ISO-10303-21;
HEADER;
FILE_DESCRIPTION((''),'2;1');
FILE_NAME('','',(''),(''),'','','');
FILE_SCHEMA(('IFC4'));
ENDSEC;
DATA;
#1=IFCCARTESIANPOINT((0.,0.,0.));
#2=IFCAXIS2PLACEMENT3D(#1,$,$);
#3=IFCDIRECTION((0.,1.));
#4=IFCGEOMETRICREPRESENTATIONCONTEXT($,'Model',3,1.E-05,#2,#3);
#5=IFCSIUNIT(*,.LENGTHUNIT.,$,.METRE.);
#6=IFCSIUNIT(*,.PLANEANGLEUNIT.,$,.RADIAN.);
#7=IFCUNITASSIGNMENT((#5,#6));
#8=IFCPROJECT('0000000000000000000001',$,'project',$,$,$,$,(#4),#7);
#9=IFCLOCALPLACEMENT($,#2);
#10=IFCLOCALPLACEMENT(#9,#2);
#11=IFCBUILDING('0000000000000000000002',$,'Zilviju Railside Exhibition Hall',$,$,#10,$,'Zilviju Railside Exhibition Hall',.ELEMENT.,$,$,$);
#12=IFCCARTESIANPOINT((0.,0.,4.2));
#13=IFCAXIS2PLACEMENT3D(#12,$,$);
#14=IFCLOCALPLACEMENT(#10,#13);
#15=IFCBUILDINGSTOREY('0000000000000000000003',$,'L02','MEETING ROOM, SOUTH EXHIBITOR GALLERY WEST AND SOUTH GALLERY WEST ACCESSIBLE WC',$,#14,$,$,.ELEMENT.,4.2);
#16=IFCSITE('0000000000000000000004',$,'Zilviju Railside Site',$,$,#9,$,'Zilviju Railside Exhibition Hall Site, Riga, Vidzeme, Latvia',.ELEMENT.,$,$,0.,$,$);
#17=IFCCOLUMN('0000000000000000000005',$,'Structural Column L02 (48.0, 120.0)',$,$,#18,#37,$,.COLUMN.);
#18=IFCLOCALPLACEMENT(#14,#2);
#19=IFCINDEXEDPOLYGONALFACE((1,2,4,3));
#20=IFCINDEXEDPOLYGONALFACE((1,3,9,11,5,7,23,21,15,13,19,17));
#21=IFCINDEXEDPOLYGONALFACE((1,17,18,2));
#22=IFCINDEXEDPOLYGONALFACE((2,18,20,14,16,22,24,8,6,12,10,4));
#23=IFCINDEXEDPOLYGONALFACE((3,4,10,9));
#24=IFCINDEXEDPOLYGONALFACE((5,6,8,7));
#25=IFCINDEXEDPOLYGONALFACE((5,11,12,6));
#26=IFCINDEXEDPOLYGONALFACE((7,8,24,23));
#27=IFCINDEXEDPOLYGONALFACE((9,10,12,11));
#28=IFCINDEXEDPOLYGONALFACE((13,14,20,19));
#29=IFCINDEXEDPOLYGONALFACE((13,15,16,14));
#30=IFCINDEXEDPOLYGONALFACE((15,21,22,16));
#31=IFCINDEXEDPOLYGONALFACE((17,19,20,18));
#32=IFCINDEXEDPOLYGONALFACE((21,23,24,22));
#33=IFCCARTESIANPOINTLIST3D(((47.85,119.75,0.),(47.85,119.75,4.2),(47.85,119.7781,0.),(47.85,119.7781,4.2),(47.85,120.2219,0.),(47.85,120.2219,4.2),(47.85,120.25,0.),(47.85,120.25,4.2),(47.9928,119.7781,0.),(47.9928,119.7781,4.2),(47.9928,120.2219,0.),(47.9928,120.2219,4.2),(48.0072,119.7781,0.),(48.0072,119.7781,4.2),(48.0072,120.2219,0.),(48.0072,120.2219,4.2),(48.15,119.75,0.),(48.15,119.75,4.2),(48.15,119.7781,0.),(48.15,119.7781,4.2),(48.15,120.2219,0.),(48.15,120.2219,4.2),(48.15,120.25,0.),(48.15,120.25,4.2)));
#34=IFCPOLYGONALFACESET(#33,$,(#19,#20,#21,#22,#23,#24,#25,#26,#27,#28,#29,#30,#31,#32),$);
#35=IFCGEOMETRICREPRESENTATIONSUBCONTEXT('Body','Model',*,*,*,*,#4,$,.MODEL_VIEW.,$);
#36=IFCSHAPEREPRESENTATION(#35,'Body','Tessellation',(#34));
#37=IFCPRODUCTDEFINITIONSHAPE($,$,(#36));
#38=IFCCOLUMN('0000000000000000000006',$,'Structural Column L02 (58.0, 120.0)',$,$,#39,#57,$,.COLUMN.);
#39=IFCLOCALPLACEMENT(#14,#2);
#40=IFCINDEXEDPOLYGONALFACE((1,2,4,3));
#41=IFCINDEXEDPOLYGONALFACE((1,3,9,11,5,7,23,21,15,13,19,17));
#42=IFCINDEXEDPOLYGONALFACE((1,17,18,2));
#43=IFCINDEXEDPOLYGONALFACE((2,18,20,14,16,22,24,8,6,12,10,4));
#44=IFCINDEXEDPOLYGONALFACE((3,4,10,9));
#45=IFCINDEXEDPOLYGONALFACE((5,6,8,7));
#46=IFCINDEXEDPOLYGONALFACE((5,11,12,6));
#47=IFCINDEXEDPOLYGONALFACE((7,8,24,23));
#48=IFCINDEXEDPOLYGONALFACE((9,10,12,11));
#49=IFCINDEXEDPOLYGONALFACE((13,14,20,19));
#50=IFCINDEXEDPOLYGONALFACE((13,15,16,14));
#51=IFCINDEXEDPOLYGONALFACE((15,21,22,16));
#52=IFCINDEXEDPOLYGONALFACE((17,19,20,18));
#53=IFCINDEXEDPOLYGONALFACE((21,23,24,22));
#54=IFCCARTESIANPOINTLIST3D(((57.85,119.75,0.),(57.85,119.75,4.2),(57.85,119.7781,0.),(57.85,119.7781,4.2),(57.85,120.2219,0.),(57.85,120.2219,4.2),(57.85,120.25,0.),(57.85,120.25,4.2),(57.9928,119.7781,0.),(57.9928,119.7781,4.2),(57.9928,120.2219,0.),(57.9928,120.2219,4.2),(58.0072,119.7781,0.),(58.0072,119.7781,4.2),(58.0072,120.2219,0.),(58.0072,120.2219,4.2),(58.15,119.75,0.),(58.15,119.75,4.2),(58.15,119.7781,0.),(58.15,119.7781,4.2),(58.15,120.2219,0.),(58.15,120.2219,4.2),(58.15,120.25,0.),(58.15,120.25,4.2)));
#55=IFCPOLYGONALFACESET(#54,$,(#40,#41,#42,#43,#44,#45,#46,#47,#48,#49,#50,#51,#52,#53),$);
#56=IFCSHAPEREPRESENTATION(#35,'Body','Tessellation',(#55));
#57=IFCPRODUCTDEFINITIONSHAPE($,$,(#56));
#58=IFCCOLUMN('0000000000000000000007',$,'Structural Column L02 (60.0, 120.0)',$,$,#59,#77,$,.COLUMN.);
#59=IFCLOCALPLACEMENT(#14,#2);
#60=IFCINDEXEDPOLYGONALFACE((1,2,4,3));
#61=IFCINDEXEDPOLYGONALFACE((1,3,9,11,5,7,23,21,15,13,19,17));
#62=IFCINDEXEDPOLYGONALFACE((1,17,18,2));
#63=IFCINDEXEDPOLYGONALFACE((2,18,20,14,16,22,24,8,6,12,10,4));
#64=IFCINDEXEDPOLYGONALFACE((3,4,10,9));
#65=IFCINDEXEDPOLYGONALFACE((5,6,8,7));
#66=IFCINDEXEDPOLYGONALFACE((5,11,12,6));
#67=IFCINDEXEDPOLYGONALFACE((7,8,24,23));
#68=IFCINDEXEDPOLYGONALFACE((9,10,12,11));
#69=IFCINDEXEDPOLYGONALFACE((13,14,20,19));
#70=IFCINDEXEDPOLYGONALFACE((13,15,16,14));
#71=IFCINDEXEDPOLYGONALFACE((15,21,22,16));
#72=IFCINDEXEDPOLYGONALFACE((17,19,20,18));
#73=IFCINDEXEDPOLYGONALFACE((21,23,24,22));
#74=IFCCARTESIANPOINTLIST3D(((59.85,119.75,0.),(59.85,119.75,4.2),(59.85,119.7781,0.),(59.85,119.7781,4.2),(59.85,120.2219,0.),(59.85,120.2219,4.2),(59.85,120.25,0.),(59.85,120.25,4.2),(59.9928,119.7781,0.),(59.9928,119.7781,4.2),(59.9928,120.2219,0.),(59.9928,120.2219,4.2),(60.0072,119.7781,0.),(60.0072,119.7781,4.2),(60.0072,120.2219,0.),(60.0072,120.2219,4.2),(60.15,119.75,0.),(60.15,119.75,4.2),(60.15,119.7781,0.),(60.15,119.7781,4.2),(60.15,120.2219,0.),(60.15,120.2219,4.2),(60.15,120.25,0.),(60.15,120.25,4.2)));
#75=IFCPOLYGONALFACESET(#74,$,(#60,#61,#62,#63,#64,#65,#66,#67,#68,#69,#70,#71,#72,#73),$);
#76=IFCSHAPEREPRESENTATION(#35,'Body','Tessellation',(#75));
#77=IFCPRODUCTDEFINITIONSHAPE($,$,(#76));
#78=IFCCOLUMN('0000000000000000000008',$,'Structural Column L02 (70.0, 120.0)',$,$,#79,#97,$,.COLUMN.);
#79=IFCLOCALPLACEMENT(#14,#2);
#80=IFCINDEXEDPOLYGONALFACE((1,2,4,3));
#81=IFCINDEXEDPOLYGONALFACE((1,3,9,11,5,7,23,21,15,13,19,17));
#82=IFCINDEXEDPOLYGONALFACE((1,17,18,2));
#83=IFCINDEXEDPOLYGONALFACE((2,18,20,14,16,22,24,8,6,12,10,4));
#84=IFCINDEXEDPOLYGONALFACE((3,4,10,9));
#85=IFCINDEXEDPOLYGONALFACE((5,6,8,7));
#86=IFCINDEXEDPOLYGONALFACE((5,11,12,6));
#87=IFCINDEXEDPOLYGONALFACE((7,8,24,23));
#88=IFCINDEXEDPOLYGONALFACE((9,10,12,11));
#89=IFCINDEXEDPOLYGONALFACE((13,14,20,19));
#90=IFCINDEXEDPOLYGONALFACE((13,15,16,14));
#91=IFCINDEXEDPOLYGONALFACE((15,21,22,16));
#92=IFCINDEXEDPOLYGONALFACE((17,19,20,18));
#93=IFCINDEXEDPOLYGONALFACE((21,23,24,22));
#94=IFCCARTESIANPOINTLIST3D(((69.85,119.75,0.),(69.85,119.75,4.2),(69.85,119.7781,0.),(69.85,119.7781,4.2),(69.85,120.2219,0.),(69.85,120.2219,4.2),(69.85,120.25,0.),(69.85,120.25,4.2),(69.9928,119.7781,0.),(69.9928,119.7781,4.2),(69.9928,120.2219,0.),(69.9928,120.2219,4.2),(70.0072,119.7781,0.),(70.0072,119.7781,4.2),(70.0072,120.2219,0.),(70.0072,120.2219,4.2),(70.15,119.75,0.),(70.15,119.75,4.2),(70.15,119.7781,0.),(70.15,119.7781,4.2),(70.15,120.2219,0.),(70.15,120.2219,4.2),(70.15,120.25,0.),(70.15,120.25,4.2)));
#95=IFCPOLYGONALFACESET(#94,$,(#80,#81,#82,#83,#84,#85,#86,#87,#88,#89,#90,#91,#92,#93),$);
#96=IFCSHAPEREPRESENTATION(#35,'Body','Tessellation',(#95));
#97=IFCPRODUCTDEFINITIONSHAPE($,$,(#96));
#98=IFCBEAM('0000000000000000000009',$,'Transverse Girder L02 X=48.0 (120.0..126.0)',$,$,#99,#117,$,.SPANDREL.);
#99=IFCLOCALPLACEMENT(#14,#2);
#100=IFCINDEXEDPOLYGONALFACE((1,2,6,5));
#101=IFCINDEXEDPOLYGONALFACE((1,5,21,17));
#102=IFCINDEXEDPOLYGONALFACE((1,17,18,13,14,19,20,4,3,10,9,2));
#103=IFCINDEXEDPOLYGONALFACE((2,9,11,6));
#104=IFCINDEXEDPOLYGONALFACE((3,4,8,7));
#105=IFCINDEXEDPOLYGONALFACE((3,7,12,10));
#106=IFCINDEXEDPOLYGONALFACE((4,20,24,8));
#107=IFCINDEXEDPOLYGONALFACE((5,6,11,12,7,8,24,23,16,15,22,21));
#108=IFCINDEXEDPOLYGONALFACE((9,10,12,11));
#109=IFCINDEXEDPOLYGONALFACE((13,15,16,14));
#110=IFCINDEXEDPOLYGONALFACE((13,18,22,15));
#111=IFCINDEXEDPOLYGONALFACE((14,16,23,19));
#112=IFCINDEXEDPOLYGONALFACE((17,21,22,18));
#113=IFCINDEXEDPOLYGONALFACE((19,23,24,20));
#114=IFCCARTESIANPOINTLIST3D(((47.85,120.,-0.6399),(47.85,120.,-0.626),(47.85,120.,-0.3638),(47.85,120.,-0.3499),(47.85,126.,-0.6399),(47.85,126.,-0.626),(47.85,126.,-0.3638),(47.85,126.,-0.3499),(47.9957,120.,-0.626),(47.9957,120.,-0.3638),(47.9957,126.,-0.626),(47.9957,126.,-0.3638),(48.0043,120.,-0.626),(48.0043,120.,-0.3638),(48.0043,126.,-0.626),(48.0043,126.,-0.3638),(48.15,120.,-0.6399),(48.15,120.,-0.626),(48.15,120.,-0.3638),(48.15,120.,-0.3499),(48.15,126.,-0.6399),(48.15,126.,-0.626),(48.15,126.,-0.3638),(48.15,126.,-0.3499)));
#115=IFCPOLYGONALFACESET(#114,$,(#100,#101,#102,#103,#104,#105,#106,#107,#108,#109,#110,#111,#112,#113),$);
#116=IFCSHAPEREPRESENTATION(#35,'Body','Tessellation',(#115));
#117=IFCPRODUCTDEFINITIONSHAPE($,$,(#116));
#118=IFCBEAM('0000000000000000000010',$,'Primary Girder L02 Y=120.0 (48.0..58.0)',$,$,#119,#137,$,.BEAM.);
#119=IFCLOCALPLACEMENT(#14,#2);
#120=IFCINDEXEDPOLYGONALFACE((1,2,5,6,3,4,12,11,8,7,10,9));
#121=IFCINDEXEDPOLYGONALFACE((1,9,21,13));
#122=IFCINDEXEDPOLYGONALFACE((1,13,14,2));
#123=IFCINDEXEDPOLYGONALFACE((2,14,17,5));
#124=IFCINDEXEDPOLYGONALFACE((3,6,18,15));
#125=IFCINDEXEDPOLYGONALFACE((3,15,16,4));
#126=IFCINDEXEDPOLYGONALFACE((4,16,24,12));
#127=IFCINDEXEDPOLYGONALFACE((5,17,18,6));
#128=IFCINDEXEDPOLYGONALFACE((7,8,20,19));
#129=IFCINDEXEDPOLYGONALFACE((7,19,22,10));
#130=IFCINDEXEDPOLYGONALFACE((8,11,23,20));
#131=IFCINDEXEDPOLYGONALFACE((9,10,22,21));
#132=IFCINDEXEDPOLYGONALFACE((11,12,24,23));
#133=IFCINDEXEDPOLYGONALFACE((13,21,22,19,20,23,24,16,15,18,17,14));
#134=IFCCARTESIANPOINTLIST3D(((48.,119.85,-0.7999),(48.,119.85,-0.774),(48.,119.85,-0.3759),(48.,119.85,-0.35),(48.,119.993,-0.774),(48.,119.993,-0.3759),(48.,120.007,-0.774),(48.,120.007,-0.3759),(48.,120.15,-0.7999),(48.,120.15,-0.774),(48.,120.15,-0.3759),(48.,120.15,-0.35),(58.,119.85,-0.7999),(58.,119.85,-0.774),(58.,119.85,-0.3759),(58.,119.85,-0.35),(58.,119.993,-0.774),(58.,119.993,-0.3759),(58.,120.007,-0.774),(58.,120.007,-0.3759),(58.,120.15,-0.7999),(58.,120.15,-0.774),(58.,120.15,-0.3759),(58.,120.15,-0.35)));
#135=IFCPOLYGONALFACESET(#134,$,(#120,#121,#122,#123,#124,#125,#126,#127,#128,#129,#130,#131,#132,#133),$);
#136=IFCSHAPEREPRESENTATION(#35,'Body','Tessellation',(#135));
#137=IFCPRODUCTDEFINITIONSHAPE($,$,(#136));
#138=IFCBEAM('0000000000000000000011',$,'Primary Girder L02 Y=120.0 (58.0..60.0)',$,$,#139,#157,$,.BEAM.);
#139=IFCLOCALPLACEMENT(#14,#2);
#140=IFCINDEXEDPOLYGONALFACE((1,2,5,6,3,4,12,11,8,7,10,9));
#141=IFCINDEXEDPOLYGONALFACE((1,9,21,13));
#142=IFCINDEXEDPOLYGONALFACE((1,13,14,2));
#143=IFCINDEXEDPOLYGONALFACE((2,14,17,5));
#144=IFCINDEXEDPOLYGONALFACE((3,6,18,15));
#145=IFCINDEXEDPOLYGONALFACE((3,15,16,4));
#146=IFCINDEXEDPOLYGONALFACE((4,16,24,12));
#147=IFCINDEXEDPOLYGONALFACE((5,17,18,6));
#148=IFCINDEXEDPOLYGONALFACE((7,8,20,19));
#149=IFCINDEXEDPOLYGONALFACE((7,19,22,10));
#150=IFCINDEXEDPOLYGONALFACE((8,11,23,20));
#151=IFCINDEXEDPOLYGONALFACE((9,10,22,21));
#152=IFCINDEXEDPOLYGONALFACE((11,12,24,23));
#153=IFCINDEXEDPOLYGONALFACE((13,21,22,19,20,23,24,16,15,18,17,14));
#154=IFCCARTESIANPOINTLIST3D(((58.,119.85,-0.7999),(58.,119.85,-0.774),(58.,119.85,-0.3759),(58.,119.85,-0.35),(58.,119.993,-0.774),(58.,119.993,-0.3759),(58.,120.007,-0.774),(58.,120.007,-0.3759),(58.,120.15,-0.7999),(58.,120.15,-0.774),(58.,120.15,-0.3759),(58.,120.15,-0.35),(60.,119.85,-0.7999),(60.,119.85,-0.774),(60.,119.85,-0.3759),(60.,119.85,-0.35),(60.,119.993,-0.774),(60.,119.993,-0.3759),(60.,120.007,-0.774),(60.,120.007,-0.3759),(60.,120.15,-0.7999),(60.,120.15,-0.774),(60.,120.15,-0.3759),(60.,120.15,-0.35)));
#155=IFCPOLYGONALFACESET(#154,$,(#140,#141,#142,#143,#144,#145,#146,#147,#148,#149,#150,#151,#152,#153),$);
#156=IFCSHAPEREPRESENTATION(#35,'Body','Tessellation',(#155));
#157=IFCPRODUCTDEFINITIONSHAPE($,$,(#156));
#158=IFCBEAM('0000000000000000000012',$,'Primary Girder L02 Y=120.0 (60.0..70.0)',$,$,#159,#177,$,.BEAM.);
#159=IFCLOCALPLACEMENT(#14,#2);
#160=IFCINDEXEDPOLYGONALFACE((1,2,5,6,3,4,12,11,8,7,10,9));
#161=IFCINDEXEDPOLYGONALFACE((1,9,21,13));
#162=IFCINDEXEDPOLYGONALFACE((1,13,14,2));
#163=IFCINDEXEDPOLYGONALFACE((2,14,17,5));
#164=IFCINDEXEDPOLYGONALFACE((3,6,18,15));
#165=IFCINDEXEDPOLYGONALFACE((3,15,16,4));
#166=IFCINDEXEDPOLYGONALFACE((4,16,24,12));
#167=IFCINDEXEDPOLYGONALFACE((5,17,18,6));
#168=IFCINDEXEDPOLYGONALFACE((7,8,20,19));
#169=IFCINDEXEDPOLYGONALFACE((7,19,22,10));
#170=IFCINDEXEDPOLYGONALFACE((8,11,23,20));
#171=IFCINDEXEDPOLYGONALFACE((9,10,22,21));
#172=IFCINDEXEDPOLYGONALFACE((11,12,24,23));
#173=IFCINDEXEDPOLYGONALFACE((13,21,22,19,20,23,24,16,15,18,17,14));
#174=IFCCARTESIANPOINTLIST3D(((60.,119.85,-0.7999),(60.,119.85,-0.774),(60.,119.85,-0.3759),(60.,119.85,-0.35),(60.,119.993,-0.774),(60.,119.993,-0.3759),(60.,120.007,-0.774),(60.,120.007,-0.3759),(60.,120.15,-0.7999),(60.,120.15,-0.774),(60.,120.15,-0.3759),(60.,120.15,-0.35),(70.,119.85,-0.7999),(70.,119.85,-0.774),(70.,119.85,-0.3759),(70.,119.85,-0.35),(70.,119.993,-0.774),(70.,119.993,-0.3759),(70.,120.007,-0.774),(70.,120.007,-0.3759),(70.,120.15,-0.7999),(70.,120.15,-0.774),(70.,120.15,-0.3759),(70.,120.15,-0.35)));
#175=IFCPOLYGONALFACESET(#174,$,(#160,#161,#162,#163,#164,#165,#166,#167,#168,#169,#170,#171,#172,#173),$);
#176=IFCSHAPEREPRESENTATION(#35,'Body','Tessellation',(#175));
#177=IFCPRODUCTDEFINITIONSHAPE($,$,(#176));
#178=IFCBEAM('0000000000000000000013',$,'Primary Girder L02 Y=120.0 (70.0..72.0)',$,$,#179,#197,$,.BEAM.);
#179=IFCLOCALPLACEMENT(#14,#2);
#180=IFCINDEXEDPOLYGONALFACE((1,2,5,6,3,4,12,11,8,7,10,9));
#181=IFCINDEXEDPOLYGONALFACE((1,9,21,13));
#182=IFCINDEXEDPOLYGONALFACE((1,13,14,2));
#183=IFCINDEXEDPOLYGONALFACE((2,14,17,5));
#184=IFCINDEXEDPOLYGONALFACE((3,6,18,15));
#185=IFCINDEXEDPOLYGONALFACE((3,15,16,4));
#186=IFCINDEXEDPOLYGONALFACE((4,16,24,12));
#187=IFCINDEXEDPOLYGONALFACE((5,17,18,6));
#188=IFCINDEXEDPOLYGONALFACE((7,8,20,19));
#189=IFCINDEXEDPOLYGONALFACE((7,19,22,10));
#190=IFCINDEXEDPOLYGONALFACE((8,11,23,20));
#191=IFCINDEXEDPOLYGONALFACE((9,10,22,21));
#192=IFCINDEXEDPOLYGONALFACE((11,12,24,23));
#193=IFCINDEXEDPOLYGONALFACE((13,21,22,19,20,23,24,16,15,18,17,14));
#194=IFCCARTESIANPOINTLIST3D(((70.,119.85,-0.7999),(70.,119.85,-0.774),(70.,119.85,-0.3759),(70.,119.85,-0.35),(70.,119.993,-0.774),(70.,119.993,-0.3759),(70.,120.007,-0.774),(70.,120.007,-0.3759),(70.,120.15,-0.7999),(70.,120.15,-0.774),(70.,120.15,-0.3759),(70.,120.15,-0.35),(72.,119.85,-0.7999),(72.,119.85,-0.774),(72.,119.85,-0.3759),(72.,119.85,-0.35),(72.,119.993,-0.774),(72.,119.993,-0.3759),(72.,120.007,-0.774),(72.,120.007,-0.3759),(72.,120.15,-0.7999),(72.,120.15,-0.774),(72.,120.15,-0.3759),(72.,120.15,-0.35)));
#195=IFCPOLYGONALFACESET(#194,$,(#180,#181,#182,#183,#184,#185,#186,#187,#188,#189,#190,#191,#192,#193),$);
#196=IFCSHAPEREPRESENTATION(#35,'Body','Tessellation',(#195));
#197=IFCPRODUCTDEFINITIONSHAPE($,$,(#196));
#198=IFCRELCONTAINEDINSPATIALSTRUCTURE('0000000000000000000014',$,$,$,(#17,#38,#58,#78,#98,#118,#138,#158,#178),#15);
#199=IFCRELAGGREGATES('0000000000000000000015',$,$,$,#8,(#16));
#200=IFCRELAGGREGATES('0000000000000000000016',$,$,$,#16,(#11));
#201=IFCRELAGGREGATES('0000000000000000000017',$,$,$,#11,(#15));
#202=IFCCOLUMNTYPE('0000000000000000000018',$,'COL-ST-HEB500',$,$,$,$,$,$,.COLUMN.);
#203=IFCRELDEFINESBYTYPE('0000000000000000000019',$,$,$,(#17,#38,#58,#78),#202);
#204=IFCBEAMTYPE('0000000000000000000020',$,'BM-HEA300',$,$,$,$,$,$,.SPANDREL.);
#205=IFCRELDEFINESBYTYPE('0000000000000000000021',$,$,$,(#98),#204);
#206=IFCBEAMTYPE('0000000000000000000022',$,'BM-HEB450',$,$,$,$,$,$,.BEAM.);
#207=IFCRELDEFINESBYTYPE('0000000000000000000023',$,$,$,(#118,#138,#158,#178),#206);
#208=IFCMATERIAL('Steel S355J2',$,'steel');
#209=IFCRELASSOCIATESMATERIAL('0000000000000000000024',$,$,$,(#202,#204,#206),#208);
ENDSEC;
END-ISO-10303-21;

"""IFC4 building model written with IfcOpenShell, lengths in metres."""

from ifc_helpers import new_model, si_unit, direction, frame, origin, origin_2d, place, context, subcontext, project, spatial, i_section, extrude, material, material_profile, profile_set, type_object, element, save


model = new_model("IFC4")

# Units and contexts
model_context = context("Model", 3, precision=1e-05, world=origin(), true_north=direction((0.0, 1.0)))
body_context = subcontext(model_context, "Body", "Model", "MODEL_VIEW")
ifc_project = project(units=[si_unit("LENGTHUNIT", "METRE"), si_unit("PLANEANGLEUNIT", "RADIAN")], contexts=[model_context])

# Site, building, storey
site_placement = place(None, origin())
site = spatial("IfcSite", under=ifc_project, at=site_placement, Name="Zilviju Railside Site", LongName="Zilviju Railside Exhibition Hall Site, Riga, Vidzeme, Latvia", CompositionType="ELEMENT", RefElevation=0.0)
building_placement = place(site_placement, origin())
building = spatial("IfcBuilding", under=site, at=building_placement, Name="Zilviju Railside Exhibition Hall", LongName="Zilviju Railside Exhibition Hall", CompositionType="ELEMENT")
storey_placement = place(building_placement, frame((0.0, 0.0, 4.2)))
storey = spatial("IfcBuildingStorey", under=building, at=storey_placement, Name="L02", Description="MEETING ROOM, SOUTH EXHIBITOR GALLERY WEST AND SOUTH GALLERY WEST ACCESSIBLE WC", CompositionType="ELEMENT", Elevation=4.2)

# Columns
ifc_material_1 = material(Name="Steel S355J2", Category="steel")
ifc_material_profile_1 = material_profile(ifc_material_1, i_section(OverallWidth=0.3, OverallDepth=0.5, WebThickness=0.0144, FlangeThickness=0.0281, at=origin_2d()), Name="HEB 500")
ifc_profile_set_1 = profile_set([ifc_material_profile_1], Name="Steel S355J2")
column_type = type_object("IfcColumnType", Name="COL-ST-HEB500", PredefinedType="COLUMN", material=ifc_profile_set_1)
for number, where, z_axis, x_axis, name in (
    (1, (48.0, 120.0, 0.0), (0.0, 0.0, 1.0), (1.0, 0.0, 0.0), "Structural Column L02 (48.0, 120.0)"),
    (2, (58.0, 120.0, 0.0), (0.0, 0.0, 1.0), (1.0, 0.0, 0.0), "Structural Column L02 (58.0, 120.0)"),
    (3, (60.0, 120.0, 0.0), (0.0, 0.0, 1.0), (1.0, 0.0, 0.0), "Structural Column L02 (60.0, 120.0)"),
    (4, (70.0, 120.0, 0.0), (0.0, 0.0, 1.0), (1.0, 0.0, 0.0), "Structural Column L02 (70.0, 120.0)"),
):
    element("IfcColumn", number, at=place(storey_placement, frame(where, z_axis=z_axis, x_axis=x_axis)), inside=storey, type_object=column_type, Name=name, PredefinedType="COLUMN", context=body_context, shape_type="SweptSolid", body=[
        extrude(i_section(OverallWidth=0.3, OverallDepth=0.5, WebThickness=0.0144, FlangeThickness=0.0281, at=origin_2d()), origin(), (0.0, 0.0, 1.0), 4.2),
    ])

# Beams
ifc_material_profile_2 = material_profile(ifc_material_1, i_section(OverallWidth=0.3, OverallDepth=0.29, WebThickness=0.0085, FlangeThickness=0.0139, at=origin_2d()), Name="HEA 300")
ifc_profile_set_2 = profile_set([ifc_material_profile_2], Name="Steel S355J2")
beam_type_1 = type_object("IfcBeamType", Name="BM-HEA300", PredefinedType="SPANDREL", material=ifc_profile_set_2)
beam_1_placement = place(storey_placement, frame((48.0, 120.0, -0.4949), z_axis=(0.0, 1.0, 0.0), x_axis=(-1.0, 0.0, 0.0)))
element("IfcBeam", 5, at=beam_1_placement, inside=storey, type_object=beam_type_1, Name="Transverse Girder L02 X=48.0 (120.0..126.0)", PredefinedType="SPANDREL", context=body_context, shape_type="SweptSolid", body=[
    extrude(i_section(OverallWidth=0.3, OverallDepth=0.29, WebThickness=0.0085, FlangeThickness=0.0139, at=origin_2d()), origin(), (0.0, 0.0, 1.0), 6.0),
])
ifc_material_profile_3 = material_profile(ifc_material_1, i_section(OverallWidth=0.3, OverallDepth=0.45, WebThickness=0.0139, FlangeThickness=0.0259, at=origin_2d()), Name="HEB 450")
ifc_profile_set_3 = profile_set([ifc_material_profile_3], Name="Steel S355J2")
beam_type_2 = type_object("IfcBeamType", Name="BM-HEB450", PredefinedType="BEAM", material=ifc_profile_set_3)
beam_2_placement = place(storey_placement, frame((48.0, 120.0, -0.575), z_axis=(1.0, 0.0, 0.0), x_axis=(0.0, 1.0, 0.0)))
element("IfcBeam", 6, at=beam_2_placement, inside=storey, type_object=beam_type_2, Name="Primary Girder L02 Y=120.0 (48.0..58.0)", PredefinedType="BEAM", context=body_context, shape_type="SweptSolid", body=[
    extrude(i_section(OverallWidth=0.3, OverallDepth=0.45, WebThickness=0.0139, FlangeThickness=0.0259, at=origin_2d()), origin(), (0.0, 0.0, 1.0), 10.0),
])
beam_3_placement = place(storey_placement, frame((58.0, 120.0, -0.575), z_axis=(1.0, 0.0, 0.0), x_axis=(0.0, 1.0, 0.0)))
element("IfcBeam", 7, at=beam_3_placement, inside=storey, type_object=beam_type_2, Name="Primary Girder L02 Y=120.0 (58.0..60.0)", PredefinedType="BEAM", context=body_context, shape_type="SweptSolid", body=[
    extrude(i_section(OverallWidth=0.3, OverallDepth=0.45, WebThickness=0.0139, FlangeThickness=0.0259, at=origin_2d()), origin(), (0.0, 0.0, 1.0), 2.0),
])
beam_4_placement = place(storey_placement, frame((60.0, 120.0, -0.575), z_axis=(1.0, 0.0, 0.0), x_axis=(0.0, 1.0, 0.0)))
element("IfcBeam", 8, at=beam_4_placement, inside=storey, type_object=beam_type_2, Name="Primary Girder L02 Y=120.0 (60.0..70.0)", PredefinedType="BEAM", context=body_context, shape_type="SweptSolid", body=[
    extrude(i_section(OverallWidth=0.3, OverallDepth=0.45, WebThickness=0.0139, FlangeThickness=0.0259, at=origin_2d()), origin(), (0.0, 0.0, 1.0), 10.0),
])
beam_5_placement = place(storey_placement, frame((70.0, 120.0, -0.575), z_axis=(1.0, 0.0, 0.0), x_axis=(0.0, 1.0, 0.0)))
element("IfcBeam", 9, at=beam_5_placement, inside=storey, type_object=beam_type_2, Name="Primary Girder L02 Y=120.0 (70.0..72.0)", PredefinedType="BEAM", context=body_context, shape_type="SweptSolid", body=[
    extrude(i_section(OverallWidth=0.3, OverallDepth=0.45, WebThickness=0.0139, FlangeThickness=0.0259, at=origin_2d()), origin(), (0.0, 0.0, 1.0), 2.0),
])

save(model, "model.ifc")
